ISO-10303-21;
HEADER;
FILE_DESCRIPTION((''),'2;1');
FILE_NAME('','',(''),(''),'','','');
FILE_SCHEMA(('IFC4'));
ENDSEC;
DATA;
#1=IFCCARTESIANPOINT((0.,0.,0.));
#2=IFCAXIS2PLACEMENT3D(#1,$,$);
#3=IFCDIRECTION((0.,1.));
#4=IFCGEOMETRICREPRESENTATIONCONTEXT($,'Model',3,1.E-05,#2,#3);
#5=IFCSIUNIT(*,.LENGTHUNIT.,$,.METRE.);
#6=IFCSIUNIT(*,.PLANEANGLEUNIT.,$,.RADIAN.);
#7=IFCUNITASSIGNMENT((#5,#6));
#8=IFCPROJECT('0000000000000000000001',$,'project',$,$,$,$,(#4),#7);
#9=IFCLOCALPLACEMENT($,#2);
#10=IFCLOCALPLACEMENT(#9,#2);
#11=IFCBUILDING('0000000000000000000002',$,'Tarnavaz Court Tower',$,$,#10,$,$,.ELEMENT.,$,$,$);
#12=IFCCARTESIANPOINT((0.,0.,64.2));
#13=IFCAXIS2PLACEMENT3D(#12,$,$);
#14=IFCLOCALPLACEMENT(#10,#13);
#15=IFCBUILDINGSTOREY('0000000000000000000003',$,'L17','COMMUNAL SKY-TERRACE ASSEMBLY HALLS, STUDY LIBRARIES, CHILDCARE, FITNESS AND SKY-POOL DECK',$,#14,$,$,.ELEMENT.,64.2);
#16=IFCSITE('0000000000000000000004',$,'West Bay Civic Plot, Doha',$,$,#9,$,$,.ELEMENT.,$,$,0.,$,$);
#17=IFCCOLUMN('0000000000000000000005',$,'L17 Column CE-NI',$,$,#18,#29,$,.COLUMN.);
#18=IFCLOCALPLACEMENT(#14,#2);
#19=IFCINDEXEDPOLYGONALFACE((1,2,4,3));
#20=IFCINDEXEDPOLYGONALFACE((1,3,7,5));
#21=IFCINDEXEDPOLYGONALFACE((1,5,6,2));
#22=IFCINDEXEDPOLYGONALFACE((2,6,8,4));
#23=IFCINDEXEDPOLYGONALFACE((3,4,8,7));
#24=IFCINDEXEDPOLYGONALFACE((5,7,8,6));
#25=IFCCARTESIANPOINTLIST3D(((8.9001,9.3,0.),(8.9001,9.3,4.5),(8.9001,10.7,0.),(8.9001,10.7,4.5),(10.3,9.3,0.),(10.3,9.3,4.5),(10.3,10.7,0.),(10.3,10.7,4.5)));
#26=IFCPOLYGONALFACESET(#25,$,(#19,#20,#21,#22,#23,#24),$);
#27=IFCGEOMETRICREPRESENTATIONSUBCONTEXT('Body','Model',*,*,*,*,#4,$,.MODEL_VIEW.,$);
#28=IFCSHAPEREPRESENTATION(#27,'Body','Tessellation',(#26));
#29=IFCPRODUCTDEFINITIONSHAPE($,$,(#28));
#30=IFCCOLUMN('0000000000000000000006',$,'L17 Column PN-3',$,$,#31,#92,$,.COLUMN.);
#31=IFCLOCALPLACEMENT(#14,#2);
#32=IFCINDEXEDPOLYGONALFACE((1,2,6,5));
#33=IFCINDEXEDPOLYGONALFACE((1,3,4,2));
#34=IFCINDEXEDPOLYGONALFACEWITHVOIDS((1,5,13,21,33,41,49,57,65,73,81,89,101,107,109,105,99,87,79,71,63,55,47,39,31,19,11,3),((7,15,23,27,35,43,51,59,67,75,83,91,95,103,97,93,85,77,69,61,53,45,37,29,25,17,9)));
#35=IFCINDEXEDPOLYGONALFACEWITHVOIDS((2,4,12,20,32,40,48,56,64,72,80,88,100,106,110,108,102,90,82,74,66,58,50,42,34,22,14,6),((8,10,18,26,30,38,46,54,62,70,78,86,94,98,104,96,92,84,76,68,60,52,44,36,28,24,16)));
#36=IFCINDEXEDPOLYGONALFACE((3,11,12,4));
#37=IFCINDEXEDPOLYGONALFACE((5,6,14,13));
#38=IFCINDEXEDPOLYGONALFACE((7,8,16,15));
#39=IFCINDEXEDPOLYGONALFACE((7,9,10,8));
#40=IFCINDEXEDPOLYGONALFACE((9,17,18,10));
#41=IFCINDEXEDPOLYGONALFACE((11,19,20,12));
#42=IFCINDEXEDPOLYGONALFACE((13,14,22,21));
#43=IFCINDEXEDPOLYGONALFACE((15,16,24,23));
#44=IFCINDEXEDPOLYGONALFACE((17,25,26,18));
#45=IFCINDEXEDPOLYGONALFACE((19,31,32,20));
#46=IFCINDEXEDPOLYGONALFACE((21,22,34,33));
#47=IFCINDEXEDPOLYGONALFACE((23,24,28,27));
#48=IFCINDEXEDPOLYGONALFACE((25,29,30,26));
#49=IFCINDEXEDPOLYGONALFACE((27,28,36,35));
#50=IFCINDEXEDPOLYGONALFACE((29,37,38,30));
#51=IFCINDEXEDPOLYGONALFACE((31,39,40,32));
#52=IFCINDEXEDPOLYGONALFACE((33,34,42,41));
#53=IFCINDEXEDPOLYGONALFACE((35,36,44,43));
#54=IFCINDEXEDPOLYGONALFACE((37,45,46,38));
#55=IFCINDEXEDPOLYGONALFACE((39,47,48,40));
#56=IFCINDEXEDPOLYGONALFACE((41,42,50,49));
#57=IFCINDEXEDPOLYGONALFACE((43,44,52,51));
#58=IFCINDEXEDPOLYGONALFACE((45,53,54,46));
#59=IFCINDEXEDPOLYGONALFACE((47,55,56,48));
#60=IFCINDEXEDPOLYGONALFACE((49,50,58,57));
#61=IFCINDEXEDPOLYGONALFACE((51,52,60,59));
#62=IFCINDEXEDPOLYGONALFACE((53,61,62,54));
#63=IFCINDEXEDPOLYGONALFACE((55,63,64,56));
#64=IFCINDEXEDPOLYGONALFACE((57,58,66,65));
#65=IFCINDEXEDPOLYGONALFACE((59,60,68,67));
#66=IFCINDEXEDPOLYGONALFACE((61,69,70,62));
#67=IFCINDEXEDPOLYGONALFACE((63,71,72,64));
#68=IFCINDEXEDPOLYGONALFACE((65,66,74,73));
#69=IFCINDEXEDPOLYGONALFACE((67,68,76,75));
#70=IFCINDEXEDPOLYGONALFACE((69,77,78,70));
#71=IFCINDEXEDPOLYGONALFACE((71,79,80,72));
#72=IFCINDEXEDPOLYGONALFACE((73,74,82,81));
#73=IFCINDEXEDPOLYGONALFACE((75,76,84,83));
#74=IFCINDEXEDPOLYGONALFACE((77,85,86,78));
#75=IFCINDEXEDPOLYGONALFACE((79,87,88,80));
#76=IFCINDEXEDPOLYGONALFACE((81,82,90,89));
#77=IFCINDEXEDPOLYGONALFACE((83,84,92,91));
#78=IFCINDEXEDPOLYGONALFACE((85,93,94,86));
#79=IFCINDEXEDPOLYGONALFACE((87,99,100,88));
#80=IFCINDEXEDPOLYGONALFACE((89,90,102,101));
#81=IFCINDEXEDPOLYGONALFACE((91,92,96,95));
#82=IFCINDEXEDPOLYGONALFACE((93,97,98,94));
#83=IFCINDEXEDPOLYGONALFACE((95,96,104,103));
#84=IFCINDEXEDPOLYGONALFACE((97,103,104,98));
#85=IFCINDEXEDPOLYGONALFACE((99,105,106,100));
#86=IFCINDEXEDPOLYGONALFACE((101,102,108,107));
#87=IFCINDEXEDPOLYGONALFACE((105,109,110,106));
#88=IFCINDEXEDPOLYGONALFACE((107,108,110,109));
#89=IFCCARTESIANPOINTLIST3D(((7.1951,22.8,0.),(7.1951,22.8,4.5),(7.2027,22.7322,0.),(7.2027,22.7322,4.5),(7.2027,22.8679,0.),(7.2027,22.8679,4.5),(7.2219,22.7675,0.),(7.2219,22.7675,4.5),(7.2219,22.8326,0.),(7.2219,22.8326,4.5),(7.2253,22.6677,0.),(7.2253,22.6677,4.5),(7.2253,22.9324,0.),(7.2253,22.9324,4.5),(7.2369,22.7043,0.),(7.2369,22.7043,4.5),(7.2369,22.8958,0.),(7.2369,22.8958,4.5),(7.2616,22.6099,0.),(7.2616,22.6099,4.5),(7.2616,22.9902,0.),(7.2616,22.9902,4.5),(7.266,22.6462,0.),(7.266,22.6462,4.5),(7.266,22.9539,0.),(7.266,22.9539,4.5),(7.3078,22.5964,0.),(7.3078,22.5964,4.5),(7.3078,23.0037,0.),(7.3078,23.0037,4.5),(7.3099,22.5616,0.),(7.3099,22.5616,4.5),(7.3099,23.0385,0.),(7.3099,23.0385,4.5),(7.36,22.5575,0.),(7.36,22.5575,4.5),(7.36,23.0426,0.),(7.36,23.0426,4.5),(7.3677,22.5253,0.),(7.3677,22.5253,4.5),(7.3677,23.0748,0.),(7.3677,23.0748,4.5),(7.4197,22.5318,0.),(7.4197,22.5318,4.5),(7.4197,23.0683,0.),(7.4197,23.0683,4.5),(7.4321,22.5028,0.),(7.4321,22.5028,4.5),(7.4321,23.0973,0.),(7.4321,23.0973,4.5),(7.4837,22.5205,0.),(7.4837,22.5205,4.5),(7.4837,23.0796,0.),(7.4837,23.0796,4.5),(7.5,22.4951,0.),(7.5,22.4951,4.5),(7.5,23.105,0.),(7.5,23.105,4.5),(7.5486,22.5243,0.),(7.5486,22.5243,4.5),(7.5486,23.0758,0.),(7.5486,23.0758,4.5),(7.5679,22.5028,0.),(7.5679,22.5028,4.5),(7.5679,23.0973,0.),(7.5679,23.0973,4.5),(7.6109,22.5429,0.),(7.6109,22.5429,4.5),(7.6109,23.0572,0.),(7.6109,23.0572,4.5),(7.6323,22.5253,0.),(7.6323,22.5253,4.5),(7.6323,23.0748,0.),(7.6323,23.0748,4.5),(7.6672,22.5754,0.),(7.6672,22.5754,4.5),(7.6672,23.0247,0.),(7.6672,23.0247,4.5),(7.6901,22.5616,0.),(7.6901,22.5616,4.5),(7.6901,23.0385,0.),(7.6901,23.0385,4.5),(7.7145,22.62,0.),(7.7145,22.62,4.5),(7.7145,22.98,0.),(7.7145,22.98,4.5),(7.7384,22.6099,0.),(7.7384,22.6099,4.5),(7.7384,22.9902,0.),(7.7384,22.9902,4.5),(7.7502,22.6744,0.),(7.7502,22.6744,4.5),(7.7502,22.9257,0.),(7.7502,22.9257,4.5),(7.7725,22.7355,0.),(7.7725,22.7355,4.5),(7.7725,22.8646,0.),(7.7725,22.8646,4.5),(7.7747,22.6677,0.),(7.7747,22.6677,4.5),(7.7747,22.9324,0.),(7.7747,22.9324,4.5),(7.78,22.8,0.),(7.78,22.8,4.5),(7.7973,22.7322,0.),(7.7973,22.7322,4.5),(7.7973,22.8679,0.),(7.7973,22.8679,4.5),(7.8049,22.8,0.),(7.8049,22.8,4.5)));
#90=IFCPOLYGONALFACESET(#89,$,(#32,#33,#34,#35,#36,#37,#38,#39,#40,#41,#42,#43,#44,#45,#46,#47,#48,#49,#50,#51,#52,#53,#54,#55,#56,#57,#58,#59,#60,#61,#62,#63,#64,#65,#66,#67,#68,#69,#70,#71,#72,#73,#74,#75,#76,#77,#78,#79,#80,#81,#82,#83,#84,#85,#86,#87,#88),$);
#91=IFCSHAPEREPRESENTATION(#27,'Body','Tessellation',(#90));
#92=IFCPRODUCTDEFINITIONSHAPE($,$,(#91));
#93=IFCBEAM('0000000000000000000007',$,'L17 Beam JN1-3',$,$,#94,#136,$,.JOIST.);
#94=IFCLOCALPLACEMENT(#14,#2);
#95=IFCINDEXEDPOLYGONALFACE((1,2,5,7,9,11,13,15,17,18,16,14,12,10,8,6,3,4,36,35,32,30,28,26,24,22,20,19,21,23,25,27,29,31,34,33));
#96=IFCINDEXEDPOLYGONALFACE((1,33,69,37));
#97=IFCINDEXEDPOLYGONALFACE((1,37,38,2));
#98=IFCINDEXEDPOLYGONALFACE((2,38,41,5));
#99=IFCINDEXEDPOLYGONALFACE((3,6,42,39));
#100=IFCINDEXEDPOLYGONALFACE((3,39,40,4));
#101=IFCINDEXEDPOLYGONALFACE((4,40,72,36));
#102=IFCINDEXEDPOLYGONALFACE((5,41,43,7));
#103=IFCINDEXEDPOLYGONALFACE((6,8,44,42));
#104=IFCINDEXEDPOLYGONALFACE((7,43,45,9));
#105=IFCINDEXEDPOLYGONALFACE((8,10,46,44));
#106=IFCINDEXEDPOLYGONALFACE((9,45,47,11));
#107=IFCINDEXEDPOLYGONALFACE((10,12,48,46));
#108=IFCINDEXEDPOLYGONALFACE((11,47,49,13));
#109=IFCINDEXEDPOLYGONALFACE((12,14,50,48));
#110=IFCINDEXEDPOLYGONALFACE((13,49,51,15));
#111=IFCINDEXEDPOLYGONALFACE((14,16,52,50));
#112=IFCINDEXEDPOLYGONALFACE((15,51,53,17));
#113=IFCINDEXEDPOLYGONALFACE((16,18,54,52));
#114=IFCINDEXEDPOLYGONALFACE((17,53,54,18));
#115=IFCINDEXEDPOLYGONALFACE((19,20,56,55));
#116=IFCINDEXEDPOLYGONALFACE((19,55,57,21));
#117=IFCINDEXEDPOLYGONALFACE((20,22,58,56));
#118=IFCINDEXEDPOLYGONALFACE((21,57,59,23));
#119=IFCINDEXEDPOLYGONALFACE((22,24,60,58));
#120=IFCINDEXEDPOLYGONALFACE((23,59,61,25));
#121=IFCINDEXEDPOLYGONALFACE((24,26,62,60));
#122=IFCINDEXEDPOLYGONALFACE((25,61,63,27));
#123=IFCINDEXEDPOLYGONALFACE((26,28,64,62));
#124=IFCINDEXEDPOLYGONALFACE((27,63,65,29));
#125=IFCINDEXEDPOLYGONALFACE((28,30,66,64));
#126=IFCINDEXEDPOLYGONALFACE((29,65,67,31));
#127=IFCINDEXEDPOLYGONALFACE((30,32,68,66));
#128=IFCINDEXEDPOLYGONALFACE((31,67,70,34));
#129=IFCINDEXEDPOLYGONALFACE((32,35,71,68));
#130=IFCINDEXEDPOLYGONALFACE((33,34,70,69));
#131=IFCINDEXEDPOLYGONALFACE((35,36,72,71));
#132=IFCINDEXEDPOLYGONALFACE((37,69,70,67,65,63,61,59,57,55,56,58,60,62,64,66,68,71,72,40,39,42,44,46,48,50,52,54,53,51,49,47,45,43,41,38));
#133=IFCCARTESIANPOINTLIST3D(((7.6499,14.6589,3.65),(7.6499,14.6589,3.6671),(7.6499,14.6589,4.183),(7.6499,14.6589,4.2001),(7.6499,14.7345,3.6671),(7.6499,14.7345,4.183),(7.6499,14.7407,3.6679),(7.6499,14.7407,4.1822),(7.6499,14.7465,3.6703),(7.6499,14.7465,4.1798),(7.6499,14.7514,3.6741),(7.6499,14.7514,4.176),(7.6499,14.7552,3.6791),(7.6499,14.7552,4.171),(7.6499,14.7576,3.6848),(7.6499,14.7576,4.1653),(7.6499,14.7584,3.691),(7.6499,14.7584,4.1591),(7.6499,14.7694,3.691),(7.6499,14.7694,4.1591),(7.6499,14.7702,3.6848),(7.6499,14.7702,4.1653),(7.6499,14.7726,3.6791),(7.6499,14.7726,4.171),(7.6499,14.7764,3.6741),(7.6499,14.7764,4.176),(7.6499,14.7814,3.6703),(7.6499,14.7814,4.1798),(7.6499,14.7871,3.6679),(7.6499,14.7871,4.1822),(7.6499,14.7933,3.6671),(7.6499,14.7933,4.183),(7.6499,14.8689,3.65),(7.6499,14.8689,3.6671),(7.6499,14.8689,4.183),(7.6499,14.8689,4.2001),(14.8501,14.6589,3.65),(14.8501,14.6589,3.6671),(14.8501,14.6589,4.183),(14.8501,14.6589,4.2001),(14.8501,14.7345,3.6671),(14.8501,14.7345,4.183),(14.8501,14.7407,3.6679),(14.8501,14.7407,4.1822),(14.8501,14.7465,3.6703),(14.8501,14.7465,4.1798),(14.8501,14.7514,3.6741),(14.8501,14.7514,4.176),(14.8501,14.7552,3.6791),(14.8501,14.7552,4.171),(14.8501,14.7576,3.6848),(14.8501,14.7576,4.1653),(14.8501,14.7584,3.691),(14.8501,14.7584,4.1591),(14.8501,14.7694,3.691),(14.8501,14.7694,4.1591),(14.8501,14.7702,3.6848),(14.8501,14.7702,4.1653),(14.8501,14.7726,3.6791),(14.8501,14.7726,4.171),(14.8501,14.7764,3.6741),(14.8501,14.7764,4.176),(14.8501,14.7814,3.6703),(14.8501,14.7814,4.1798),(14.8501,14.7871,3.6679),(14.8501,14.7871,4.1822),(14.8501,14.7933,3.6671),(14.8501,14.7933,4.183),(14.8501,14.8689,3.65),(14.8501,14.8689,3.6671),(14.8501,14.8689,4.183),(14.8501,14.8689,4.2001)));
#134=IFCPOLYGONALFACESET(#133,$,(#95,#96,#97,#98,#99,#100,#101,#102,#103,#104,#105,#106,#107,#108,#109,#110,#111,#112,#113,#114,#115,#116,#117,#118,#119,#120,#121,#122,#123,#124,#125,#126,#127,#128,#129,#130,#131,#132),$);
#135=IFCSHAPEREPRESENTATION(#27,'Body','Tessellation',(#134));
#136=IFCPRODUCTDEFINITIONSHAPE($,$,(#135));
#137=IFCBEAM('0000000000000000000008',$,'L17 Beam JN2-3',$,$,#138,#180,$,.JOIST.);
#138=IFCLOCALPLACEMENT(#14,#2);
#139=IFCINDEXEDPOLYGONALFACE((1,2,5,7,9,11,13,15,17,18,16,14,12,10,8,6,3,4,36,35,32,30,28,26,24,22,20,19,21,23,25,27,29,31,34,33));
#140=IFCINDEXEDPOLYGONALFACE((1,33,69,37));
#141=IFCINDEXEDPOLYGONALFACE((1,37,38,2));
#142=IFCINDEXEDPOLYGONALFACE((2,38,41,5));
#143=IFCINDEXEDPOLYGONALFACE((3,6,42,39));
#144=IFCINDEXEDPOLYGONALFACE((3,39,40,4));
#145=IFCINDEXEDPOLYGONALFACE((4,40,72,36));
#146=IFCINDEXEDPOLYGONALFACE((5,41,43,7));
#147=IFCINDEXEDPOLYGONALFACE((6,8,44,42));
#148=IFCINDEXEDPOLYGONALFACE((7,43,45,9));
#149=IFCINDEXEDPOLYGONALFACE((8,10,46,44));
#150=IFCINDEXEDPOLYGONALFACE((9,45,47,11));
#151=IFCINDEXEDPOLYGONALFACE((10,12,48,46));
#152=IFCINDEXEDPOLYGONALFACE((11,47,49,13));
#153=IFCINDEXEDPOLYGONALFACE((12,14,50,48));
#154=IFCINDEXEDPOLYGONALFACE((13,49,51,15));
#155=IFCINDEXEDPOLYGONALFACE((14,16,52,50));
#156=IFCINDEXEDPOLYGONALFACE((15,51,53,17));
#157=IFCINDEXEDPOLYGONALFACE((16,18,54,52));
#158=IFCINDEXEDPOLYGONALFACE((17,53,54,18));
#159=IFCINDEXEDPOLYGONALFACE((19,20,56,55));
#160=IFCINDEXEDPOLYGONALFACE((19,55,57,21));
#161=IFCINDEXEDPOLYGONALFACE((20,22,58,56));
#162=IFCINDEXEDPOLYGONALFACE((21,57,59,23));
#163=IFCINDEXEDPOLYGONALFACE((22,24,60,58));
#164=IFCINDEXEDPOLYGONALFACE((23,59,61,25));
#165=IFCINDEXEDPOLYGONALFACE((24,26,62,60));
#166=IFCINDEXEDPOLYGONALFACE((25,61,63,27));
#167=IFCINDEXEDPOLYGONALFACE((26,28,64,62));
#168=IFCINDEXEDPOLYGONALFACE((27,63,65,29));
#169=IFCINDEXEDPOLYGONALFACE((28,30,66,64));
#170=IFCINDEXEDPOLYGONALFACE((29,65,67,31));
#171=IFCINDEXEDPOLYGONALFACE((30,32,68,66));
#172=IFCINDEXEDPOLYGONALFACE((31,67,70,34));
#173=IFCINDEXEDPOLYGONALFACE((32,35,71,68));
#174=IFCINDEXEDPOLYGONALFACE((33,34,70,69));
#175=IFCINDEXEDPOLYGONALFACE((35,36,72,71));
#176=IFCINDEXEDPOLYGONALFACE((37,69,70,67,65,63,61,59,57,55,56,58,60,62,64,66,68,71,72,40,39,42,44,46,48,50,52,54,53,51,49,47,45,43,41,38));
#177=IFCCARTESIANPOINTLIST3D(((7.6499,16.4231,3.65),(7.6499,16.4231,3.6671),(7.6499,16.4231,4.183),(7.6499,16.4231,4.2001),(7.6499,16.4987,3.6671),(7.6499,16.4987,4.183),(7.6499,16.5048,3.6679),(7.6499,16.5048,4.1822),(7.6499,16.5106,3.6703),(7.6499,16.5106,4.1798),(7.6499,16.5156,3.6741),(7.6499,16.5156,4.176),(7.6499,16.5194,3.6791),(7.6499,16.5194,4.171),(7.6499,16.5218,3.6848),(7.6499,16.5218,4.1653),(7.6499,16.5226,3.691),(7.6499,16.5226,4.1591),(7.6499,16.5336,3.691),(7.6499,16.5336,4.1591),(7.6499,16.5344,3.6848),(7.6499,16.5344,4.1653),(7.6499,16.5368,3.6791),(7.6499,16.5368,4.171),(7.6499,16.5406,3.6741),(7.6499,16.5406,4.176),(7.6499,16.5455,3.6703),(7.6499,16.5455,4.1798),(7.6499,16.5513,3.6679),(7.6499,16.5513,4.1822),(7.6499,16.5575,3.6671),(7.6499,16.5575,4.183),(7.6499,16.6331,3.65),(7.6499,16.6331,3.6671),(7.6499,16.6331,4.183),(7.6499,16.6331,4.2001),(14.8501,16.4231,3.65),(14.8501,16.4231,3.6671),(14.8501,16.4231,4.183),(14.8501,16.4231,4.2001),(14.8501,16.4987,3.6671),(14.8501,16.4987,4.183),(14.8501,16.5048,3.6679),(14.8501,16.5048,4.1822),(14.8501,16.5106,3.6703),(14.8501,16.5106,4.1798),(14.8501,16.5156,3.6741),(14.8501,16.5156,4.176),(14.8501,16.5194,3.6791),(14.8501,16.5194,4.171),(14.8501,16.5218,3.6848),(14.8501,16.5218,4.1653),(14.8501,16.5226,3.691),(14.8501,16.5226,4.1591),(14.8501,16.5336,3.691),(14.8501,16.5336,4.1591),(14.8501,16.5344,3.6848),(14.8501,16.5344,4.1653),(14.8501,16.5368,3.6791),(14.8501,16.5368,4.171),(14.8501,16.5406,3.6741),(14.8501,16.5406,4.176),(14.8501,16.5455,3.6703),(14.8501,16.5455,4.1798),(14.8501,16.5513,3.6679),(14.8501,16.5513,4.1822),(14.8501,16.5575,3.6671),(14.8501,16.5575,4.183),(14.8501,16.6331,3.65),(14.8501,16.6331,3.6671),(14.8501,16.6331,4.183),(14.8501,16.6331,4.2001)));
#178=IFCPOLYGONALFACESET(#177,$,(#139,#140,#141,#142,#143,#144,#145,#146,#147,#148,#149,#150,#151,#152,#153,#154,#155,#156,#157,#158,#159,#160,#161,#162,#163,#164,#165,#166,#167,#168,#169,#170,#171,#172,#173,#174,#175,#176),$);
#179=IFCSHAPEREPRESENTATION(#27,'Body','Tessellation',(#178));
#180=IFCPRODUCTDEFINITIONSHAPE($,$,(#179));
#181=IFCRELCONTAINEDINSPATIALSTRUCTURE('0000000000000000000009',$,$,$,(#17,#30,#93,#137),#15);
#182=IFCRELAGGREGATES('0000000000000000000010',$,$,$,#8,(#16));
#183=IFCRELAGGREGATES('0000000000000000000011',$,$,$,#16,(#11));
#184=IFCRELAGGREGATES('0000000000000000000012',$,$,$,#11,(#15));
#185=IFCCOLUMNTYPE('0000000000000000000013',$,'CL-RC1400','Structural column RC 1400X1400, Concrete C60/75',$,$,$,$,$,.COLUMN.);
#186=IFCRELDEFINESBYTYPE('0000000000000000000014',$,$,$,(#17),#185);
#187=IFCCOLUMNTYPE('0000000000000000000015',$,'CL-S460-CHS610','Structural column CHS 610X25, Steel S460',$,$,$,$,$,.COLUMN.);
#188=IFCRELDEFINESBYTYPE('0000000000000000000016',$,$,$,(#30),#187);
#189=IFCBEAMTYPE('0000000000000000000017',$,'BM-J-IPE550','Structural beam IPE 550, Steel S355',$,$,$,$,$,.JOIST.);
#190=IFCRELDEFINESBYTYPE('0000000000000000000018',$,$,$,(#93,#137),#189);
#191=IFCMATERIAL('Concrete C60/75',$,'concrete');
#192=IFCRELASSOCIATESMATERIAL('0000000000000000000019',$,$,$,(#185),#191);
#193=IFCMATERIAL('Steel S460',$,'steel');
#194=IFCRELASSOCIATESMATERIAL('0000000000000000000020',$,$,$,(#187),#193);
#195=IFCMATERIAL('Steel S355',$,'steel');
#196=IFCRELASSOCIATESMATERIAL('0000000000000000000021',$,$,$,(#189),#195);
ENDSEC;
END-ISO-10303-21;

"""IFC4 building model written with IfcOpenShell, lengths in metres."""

from ifc_helpers import new_model, si_unit, direction, frame, origin, origin_2d, place, context, subcontext, project, spatial, rectangle, hollow_circle, i_section, extrude, material, material_profile, profile_set, type_object, element, save


model = new_model("IFC4")

# Units and contexts
model_context = context("Model", 3, precision=1e-05, world=origin(), true_north=direction((0.0, 1.0)))
body_context = subcontext(model_context, "Body", "Model", "MODEL_VIEW")
ifc_project = project(units=[si_unit("LENGTHUNIT", "METRE"), si_unit("PLANEANGLEUNIT", "RADIAN")], contexts=[model_context])

# Site, building, storey
site_placement = place(None, origin())
site = spatial("IfcSite", under=ifc_project, at=site_placement, Name="West Bay Civic Plot, Doha", CompositionType="ELEMENT", RefElevation=0.0)
building_placement = place(site_placement, origin())
building = spatial("IfcBuilding", under=site, at=building_placement, Name="Tarnavaz Court Tower", CompositionType="ELEMENT")
storey_placement = place(building_placement, frame((0.0, 0.0, 64.2)))
storey = spatial("IfcBuildingStorey", under=building, at=storey_placement, Name="L17", Description="COMMUNAL SKY-TERRACE ASSEMBLY HALLS, STUDY LIBRARIES, CHILDCARE, FITNESS AND SKY-POOL DECK", CompositionType="ELEMENT", Elevation=64.2)

# Columns
ifc_material_1 = material(Name="Concrete C60/75", Category="concrete")
ifc_material_profile_1 = material_profile(ifc_material_1, rectangle(XDim=1.3999, YDim=1.3999, at=origin_2d()), Name="RC 1400X1400")
ifc_profile_set_1 = profile_set([ifc_material_profile_1], Name="Concrete C60/75")
column_type_1 = type_object("IfcColumnType", Name="CL-RC1400", Description="Structural column RC 1400X1400, Concrete C60/75", PredefinedType="COLUMN", material=ifc_profile_set_1)
column_1_placement = place(storey_placement, frame((9.6001, 10.0, 0.0), z_axis=(0.0, 0.0, 1.0), x_axis=(1.0, 0.0, 0.0)))
element("IfcColumn", 1, at=column_1_placement, inside=storey, type_object=column_type_1, Name="L17 Column CE-NI", PredefinedType="COLUMN", context=body_context, shape_type="SweptSolid", body=[
    extrude(rectangle(XDim=1.3999, YDim=1.3999, at=origin_2d()), origin(), (0.0, 0.0, 1.0), 4.5),
])
ifc_material_2 = material(Name="Steel S460", Category="steel")
ifc_material_profile_2 = material_profile(ifc_material_2, hollow_circle(Radius=0.3049, WallThickness=0.0249, at=origin_2d()), Name="CHS 610X25")
ifc_profile_set_2 = profile_set([ifc_material_profile_2], Name="Steel S460")
column_type_2 = type_object("IfcColumnType", Name="CL-S460-CHS610", Description="Structural column CHS 610X25, Steel S460", PredefinedType="COLUMN", material=ifc_profile_set_2)
column_2_placement = place(storey_placement, frame((7.5, 22.8, 0.0), z_axis=(0.0, 0.0, 1.0), x_axis=(1.0, 0.0, 0.0)))
element("IfcColumn", 2, at=column_2_placement, inside=storey, type_object=column_type_2, Name="L17 Column PN-3", PredefinedType="COLUMN", context=body_context, shape_type="SweptSolid", body=[
    extrude(hollow_circle(Radius=0.3049, WallThickness=0.0249, at=origin_2d()), origin(), (0.0, 0.0, 1.0), 4.5),
])

# Beams
ifc_material_3 = material(Name="Steel S355", Category="steel")
ifc_material_profile_3 = material_profile(ifc_material_3, i_section(OverallWidth=0.21, OverallDepth=0.55, WebThickness=0.011, FlangeThickness=0.0171, FilletRadius=0.0239, at=origin_2d()), Name="IPE 550")
ifc_profile_set_3 = profile_set([ifc_material_profile_3], Name="Steel S355")
beam_type_1 = type_object("IfcBeamType", Name="BM-J-IPE550", Description="Structural beam IPE 550, Steel S355", PredefinedType="JOIST", material=ifc_profile_set_3)
for number, where, z_axis, x_axis, name in (
    (3, (7.6499, 14.7639, 3.925), (1.0, 0.0, 0.0), (0.0, 1.0, 0.0), "L17 Beam JN1-3"),
    (4, (7.6499, 16.5281, 3.925), (1.0, 0.0, 0.0), (0.0, 1.0, 0.0), "L17 Beam JN2-3"),
):
    element("IfcBeam", number, at=place(storey_placement, frame(where, z_axis=z_axis, x_axis=x_axis)), inside=storey, type_object=beam_type_1, Name=name, PredefinedType="JOIST", context=body_context, shape_type="SweptSolid", body=[
        extrude(i_section(OverallWidth=0.21, OverallDepth=0.55, WebThickness=0.011, FlangeThickness=0.0171, FilletRadius=0.0239, at=origin_2d()), origin(), (0.0, 0.0, 1.0), 7.2002),
    ])

save(model, "model.ifc")
